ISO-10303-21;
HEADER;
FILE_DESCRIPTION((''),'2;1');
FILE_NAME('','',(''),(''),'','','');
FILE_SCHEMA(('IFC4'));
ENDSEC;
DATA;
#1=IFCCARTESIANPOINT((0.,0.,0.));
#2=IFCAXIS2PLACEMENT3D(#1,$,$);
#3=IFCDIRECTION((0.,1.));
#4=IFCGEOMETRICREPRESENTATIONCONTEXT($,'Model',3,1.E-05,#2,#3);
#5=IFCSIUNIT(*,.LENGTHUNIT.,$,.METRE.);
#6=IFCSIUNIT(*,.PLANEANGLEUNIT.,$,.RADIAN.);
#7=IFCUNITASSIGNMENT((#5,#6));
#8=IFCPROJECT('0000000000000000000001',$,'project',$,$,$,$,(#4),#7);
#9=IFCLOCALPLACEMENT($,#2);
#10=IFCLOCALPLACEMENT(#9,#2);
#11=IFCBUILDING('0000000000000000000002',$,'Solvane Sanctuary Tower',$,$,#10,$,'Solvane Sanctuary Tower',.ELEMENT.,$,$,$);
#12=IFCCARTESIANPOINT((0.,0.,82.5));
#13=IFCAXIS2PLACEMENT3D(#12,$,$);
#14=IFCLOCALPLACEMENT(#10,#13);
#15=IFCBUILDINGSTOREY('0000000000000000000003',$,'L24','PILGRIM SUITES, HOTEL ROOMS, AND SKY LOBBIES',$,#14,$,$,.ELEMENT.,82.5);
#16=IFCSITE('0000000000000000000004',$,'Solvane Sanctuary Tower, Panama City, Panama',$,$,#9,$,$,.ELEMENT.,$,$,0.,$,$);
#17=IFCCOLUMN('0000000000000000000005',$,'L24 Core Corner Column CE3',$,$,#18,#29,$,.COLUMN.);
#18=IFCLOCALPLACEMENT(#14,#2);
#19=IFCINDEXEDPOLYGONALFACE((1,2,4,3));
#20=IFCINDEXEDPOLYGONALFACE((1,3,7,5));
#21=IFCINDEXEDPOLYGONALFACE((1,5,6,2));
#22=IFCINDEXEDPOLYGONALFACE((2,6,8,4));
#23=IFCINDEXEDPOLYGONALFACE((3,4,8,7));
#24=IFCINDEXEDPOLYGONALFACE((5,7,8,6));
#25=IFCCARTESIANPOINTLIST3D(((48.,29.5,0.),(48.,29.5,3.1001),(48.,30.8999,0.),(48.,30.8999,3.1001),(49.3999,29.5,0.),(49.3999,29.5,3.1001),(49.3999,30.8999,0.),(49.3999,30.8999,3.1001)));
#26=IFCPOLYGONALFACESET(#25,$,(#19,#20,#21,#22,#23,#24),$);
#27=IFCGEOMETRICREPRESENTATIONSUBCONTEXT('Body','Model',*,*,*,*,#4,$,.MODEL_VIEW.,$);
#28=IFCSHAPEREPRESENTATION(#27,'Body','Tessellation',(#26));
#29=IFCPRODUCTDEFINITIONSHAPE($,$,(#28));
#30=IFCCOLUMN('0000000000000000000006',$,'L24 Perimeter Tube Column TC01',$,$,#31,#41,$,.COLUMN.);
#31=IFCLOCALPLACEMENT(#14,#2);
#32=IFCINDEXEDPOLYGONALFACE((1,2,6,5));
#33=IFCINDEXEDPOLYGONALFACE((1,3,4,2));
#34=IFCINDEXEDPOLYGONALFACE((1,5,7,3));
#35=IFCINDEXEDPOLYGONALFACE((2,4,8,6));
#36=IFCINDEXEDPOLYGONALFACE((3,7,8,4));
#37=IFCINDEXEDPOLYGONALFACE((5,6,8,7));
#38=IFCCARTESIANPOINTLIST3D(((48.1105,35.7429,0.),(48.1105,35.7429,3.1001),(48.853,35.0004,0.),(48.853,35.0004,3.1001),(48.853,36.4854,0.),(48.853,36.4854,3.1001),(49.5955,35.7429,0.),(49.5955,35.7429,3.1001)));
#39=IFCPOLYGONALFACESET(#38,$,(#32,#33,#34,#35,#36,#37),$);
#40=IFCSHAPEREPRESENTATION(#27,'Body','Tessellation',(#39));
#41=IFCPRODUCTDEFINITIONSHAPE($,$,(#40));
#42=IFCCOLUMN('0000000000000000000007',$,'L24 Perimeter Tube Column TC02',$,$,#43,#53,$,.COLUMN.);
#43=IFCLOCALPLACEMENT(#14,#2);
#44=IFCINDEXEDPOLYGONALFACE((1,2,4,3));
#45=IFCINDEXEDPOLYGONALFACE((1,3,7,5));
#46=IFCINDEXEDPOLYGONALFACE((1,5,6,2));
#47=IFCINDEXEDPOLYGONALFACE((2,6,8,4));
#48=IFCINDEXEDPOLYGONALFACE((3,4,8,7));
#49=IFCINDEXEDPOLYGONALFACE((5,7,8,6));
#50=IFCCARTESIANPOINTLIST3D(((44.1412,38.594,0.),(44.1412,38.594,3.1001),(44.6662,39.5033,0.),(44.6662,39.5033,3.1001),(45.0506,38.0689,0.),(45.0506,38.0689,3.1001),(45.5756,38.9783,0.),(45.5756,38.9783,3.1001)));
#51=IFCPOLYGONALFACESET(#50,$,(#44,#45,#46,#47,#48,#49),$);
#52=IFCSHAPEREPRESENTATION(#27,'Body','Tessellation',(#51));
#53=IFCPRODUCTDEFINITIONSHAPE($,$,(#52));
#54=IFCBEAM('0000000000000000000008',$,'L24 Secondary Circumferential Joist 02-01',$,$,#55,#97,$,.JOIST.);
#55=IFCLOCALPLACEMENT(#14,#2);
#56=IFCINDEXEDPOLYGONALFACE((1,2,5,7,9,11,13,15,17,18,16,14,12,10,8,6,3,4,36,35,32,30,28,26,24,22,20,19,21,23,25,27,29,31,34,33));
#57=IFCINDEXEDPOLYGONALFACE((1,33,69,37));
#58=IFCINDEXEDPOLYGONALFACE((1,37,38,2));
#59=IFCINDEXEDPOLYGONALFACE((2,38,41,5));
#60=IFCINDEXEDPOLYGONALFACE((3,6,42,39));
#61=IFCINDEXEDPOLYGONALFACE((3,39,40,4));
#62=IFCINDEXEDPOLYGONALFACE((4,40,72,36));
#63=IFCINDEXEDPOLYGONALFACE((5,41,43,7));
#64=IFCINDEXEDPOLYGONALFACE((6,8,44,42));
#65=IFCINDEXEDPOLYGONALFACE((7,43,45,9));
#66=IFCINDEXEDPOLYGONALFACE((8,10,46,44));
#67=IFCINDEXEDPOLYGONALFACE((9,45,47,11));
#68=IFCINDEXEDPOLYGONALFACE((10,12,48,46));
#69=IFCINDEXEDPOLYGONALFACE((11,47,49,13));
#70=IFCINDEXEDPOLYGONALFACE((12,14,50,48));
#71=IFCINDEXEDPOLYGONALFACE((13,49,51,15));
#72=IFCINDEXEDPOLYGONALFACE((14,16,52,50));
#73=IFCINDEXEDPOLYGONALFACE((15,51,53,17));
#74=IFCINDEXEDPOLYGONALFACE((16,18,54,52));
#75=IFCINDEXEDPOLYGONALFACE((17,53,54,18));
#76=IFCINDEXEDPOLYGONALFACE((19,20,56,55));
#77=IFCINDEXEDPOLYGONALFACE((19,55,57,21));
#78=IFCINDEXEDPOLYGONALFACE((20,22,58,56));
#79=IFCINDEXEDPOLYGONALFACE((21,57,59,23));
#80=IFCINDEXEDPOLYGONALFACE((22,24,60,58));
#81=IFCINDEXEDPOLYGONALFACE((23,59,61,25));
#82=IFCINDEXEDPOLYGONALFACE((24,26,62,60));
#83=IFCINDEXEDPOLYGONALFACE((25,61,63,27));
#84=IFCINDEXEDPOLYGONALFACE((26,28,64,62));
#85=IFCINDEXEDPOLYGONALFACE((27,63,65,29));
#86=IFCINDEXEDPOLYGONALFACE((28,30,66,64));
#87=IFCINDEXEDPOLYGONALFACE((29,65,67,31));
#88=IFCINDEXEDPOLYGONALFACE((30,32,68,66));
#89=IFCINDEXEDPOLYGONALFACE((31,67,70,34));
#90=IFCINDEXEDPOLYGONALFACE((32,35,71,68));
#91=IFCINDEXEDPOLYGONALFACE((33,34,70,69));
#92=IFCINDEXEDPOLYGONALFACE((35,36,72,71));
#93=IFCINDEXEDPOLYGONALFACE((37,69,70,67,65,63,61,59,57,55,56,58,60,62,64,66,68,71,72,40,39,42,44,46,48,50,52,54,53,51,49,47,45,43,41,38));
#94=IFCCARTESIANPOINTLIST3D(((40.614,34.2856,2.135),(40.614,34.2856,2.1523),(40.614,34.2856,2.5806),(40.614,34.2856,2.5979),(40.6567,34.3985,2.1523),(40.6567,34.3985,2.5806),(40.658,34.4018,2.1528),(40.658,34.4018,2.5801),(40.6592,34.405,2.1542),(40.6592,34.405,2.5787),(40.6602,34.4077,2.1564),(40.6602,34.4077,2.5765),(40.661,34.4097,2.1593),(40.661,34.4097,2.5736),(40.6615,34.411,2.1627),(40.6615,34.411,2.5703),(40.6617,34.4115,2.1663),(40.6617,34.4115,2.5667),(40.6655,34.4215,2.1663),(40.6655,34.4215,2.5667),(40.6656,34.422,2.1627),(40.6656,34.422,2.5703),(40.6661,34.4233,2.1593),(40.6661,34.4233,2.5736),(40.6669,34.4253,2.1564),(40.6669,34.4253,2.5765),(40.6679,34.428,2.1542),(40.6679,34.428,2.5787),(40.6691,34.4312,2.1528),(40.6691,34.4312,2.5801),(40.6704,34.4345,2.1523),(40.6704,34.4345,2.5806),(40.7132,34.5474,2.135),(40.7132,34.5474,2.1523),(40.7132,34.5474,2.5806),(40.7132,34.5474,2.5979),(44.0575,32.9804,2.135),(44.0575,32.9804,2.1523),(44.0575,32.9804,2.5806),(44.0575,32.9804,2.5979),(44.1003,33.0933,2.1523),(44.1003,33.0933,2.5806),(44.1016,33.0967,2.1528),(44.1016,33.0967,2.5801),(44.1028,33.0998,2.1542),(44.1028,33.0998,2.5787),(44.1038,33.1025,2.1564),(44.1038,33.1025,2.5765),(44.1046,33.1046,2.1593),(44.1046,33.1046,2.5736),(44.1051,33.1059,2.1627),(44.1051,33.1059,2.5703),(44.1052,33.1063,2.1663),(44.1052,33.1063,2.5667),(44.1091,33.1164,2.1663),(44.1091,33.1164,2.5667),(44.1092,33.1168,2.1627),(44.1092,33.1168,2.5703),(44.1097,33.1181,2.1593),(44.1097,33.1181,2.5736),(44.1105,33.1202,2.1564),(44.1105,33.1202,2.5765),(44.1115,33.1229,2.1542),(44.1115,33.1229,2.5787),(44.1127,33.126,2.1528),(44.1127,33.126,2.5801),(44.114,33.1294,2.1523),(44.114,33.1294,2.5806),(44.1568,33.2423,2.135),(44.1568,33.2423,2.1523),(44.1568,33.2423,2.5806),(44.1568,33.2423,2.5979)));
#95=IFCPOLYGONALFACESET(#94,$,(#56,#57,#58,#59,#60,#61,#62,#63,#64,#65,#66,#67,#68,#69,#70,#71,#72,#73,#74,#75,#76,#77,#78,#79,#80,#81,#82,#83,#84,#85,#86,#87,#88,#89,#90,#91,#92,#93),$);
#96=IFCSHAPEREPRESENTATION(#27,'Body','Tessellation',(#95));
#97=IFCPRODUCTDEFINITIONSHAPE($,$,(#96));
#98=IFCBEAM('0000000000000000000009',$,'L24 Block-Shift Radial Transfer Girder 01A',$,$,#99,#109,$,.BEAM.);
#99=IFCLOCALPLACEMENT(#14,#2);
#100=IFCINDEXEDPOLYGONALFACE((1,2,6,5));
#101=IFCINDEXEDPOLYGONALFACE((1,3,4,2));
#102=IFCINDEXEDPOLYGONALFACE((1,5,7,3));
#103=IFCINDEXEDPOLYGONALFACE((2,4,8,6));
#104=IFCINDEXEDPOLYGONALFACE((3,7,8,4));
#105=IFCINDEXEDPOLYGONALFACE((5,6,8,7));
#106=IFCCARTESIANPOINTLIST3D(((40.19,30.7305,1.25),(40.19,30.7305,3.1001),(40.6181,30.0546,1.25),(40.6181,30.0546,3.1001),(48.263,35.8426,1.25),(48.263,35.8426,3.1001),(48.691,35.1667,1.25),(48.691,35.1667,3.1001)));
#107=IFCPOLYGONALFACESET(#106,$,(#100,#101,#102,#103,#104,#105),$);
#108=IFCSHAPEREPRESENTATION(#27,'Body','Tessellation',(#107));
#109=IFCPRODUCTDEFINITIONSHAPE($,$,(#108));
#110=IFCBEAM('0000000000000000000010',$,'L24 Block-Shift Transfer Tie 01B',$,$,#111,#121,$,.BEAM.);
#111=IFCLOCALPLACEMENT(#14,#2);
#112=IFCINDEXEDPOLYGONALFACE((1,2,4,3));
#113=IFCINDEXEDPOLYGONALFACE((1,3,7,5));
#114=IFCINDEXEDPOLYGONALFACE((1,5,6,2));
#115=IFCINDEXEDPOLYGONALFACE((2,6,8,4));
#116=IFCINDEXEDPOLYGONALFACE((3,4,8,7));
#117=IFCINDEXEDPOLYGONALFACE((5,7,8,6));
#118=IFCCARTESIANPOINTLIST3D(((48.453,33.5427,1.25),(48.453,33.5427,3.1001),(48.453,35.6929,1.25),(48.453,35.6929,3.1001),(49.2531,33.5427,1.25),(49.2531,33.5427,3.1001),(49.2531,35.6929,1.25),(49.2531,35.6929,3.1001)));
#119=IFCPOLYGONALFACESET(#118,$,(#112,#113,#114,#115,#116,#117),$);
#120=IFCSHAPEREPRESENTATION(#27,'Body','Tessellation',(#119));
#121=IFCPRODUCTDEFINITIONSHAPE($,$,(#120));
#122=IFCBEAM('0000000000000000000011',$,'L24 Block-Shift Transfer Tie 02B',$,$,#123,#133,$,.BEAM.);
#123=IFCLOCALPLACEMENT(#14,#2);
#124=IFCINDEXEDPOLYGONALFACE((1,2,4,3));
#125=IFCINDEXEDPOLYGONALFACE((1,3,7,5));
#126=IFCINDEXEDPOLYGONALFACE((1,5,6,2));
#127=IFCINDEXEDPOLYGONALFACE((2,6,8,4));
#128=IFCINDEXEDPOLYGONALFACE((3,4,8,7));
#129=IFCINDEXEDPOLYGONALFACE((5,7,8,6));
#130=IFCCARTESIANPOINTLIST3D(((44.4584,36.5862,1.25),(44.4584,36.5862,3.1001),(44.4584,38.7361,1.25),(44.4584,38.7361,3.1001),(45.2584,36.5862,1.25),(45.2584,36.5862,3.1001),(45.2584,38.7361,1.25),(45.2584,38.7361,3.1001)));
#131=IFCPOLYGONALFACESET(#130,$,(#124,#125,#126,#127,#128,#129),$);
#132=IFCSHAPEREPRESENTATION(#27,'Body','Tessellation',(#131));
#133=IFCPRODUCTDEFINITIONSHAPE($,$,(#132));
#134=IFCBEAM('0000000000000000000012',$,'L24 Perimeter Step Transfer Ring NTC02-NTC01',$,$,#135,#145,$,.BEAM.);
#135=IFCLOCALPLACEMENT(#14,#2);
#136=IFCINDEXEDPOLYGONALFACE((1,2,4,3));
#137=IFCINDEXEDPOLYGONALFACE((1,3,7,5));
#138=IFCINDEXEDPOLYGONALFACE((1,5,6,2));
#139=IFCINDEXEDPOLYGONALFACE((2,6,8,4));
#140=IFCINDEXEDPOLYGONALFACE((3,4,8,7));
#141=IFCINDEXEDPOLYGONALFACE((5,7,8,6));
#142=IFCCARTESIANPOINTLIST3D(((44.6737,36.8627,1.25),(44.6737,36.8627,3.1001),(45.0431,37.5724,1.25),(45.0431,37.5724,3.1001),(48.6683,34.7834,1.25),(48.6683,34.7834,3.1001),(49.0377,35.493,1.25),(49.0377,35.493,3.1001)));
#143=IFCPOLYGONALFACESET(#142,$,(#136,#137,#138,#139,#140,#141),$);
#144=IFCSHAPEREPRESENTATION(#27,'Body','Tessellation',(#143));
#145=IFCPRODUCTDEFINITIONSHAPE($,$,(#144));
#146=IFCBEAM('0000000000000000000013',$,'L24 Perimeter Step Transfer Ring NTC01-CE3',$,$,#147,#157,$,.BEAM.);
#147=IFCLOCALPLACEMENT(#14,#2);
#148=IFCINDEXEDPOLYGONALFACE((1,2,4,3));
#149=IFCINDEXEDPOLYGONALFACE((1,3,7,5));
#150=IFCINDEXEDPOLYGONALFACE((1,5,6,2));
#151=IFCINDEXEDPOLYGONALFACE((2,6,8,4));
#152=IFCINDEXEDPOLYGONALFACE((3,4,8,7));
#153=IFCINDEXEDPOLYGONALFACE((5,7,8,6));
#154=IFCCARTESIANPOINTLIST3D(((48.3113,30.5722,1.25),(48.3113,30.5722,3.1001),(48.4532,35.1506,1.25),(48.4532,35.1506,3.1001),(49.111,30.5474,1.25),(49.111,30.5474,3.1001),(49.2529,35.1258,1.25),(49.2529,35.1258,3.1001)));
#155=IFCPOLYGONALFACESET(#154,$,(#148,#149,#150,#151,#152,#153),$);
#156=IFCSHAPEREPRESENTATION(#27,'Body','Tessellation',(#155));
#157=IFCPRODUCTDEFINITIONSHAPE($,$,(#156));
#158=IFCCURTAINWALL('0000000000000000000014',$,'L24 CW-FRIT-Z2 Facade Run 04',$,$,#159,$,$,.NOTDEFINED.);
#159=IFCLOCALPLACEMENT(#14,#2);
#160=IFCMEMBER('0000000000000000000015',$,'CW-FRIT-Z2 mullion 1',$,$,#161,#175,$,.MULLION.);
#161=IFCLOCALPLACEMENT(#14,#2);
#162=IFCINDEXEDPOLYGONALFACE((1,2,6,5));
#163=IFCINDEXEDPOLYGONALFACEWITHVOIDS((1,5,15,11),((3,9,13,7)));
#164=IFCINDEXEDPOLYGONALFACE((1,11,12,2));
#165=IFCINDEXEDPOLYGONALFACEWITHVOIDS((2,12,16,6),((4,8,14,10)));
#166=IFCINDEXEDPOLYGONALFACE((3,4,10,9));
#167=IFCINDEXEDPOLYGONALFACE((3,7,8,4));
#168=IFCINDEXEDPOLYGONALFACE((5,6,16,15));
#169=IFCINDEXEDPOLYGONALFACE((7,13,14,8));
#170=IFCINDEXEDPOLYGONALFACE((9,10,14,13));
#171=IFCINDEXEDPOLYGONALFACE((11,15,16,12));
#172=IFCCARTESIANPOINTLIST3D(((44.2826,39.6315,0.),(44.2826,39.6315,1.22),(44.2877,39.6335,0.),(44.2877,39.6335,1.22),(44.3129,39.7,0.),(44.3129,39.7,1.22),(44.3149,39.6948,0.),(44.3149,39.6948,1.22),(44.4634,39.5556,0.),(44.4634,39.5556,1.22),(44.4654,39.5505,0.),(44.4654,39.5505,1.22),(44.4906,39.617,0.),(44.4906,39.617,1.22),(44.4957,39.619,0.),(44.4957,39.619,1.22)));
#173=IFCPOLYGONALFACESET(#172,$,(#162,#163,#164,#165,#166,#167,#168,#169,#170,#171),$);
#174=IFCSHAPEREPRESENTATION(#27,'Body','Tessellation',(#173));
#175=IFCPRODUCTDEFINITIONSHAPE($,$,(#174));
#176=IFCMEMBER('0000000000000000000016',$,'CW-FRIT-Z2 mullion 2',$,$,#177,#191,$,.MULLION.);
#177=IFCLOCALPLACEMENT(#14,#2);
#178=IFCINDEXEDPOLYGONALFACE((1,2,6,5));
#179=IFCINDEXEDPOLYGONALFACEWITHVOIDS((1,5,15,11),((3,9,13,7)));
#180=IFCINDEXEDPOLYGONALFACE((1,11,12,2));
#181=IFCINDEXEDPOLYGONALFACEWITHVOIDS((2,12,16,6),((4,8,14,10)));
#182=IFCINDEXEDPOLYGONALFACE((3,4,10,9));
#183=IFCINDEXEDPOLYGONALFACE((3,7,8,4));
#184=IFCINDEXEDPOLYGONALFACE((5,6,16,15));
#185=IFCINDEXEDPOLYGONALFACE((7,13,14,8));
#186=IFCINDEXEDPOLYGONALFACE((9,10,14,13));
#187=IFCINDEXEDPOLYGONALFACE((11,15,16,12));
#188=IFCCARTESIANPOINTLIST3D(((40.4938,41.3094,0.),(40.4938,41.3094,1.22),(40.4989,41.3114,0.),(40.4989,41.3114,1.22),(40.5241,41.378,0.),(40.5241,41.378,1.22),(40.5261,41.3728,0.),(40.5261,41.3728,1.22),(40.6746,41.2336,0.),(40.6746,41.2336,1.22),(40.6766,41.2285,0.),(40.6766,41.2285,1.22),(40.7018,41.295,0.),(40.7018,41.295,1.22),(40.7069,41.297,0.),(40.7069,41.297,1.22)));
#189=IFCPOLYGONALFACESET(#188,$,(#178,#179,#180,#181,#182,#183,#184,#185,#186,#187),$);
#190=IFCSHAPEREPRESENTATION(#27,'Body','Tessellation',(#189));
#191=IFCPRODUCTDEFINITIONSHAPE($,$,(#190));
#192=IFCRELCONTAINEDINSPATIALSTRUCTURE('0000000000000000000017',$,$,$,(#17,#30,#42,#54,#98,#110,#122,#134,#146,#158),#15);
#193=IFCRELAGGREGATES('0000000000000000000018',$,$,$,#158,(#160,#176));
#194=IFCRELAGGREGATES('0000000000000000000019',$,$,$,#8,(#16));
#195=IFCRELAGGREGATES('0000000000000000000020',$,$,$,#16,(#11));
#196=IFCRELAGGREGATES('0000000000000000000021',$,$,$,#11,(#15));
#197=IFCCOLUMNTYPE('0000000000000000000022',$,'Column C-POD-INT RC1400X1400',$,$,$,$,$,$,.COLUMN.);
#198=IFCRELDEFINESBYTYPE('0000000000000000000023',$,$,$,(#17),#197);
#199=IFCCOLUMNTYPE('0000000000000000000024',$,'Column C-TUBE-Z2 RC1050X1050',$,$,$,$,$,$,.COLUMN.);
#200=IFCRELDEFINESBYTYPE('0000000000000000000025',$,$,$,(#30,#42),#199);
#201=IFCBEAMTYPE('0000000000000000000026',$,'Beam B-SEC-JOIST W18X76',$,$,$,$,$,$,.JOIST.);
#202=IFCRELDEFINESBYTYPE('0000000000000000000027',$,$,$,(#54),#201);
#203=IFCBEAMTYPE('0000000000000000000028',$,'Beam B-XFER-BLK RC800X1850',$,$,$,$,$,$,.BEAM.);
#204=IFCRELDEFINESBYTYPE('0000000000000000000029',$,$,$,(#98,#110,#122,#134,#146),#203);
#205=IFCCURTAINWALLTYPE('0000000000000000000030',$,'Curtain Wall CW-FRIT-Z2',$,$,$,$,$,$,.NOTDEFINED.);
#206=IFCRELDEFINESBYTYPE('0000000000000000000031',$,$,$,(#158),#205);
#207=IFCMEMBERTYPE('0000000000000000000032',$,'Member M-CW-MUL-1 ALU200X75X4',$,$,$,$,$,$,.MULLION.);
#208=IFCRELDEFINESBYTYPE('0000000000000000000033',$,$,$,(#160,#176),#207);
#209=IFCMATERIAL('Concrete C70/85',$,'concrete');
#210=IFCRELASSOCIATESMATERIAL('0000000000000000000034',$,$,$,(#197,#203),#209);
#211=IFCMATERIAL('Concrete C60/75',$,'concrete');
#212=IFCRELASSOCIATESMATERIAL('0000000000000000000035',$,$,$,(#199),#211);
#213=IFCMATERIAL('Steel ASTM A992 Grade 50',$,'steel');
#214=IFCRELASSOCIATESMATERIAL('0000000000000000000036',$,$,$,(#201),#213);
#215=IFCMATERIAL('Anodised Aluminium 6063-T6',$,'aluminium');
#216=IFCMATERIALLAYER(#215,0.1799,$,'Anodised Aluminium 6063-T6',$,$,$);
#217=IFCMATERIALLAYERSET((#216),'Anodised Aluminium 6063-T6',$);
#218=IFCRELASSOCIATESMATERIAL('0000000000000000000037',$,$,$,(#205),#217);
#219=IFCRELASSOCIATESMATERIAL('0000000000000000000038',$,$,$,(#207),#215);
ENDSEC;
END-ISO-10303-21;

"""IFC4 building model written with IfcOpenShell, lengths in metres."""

from ifc_helpers import new_model, si_unit, direction, frame, origin, origin_2d, place, context, subcontext, project, spatial, rectangle, hollow_rectangle, i_section, extrude, material, layer, layer_set, material_profile, profile_set, type_object, element, aggregate, save


model = new_model("IFC4")

# Units and contexts
model_context = context("Model", 3, precision=1e-05, world=origin(), true_north=direction((0.0, 1.0)))
body_context = subcontext(model_context, "Body", "Model", "MODEL_VIEW")
ifc_project = project(units=[si_unit("LENGTHUNIT", "METRE"), si_unit("PLANEANGLEUNIT", "RADIAN")], contexts=[model_context])

# Site, building, storey
site_placement = place(None, origin())
site = spatial("IfcSite", under=ifc_project, at=site_placement, Name="Solvane Sanctuary Tower, Panama City, Panama", CompositionType="ELEMENT", RefElevation=0.0)
building_placement = place(site_placement, origin())
building = spatial("IfcBuilding", under=site, at=building_placement, Name="Solvane Sanctuary Tower", LongName="Solvane Sanctuary Tower", CompositionType="ELEMENT")
storey_placement = place(building_placement, frame((0.0, 0.0, 82.5)))
storey = spatial("IfcBuildingStorey", under=building, at=storey_placement, Name="L24", Description="PILGRIM SUITES, HOTEL ROOMS, AND SKY LOBBIES", CompositionType="ELEMENT", Elevation=82.5)

# Columns
ifc_material_1 = material(Name="Concrete C70/85", Category="concrete")
ifc_material_profile_1 = material_profile(ifc_material_1, rectangle(XDim=1.3999, YDim=1.3999, at=origin_2d()), Name="RC1400X1400")
ifc_profile_set_1 = profile_set([ifc_material_profile_1], Name="Concrete C70/85")
column_type_1 = type_object("IfcColumnType", Name="Column C-POD-INT RC1400X1400", PredefinedType="COLUMN", material=ifc_profile_set_1)
column_placement = place(storey_placement, frame((48.7, 30.2, 0.0), z_axis=(0.0, 0.0, 1.0), x_axis=(1.0, 0.0, 0.0)))
element("IfcColumn", 1, at=column_placement, inside=storey, type_object=column_type_1, Name="L24 Core Corner Column CE3", PredefinedType="COLUMN", context=body_context, shape_type="SweptSolid", body=[
    extrude(rectangle(XDim=1.3999, YDim=1.3999, at=origin_2d()), origin(), (0.0, 0.0, 1.0), 3.1001),
])
ifc_material_2 = material(Name="Concrete C60/75", Category="concrete")
ifc_material_profile_2 = material_profile(ifc_material_2, rectangle(XDim=1.05, YDim=1.05, at=origin_2d()), Name="RC1050X1050")
ifc_profile_set_2 = profile_set([ifc_material_profile_2], Name="Concrete C60/75")
column_type_2 = type_object("IfcColumnType", Name="Column C-TUBE-Z2 RC1050X1050", PredefinedType="COLUMN", material=ifc_profile_set_2)
for number, where, z_axis, x_axis, name in (
    (2, (48.853, 35.7429, 0.0), (0.0, 0.0, 1.0), (0.707107, 0.707107, 0.0), "L24 Perimeter Tube Column TC01"),
    (3, (44.8584, 38.7861, 0.0), (0.0, 0.0, 1.0), (0.5, 0.866025, 0.0), "L24 Perimeter Tube Column TC02"),
):
    element("IfcColumn", number, at=place(storey_placement, frame(where, z_axis=z_axis, x_axis=x_axis)), inside=storey, type_object=column_type_2, Name=name, PredefinedType="COLUMN", context=body_context, shape_type="SweptSolid", body=[
        extrude(rectangle(XDim=1.05, YDim=1.05, at=origin_2d()), origin(), (0.0, 0.0, 1.0), 3.1001),
    ])

# Beams
ifc_material_3 = material(Name="Steel ASTM A992 Grade 50", Category="steel")
ifc_material_profile_3 = material_profile(ifc_material_3, i_section(OverallWidth=0.28, OverallDepth=0.4629, WebThickness=0.0107, FlangeThickness=0.0173, FilletRadius=0.0139, at=origin_2d()), Name="W18X76")
ifc_profile_set_3 = profile_set([ifc_material_profile_3], Name="Steel ASTM A992 Grade 50")
beam_type_1 = type_object("IfcBeamType", Name="Beam B-SEC-JOIST W18X76", PredefinedType="JOIST", material=ifc_profile_set_3)
beam_1_placement = place(storey_placement, frame((40.6636, 34.4165, 2.3665), z_axis=(0.935089, -0.354412, 0.0), x_axis=(0.354412, 0.935089, 0.0)))
element("IfcBeam", 4, at=beam_1_placement, inside=storey, type_object=beam_type_1, Name="L24 Secondary Circumferential Joist 02-01", PredefinedType="JOIST", context=body_context, shape_type="SweptSolid", body=[
    extrude(i_section(OverallWidth=0.28, OverallDepth=0.4629, WebThickness=0.0107, FlangeThickness=0.0173, FilletRadius=0.0139, at=origin_2d()), origin(), (0.0, 0.0, 1.0), 3.6826),
])
ifc_material_profile_4 = material_profile(ifc_material_1, rectangle(XDim=0.8, YDim=1.8501, at=origin_2d()), Name="RC800X1850")
ifc_profile_set_4 = profile_set([ifc_material_profile_4], Name="Concrete C70/85")
beam_type_2 = type_object("IfcBeamType", Name="Beam B-XFER-BLK RC800X1850", PredefinedType="BEAM", material=ifc_profile_set_4)
beam_2_placement = place(storey_placement, frame((40.4041, 30.3926, 2.175), z_axis=(0.844859, 0.534989, 0.0), x_axis=(-0.534989, 0.844859, 0.0)))
element("IfcBeam", 5, at=beam_2_placement, inside=storey, type_object=beam_type_2, Name="L24 Block-Shift Radial Transfer Girder 01A", PredefinedType="BEAM", context=body_context, shape_type="SweptSolid", body=[
    extrude(rectangle(XDim=0.8, YDim=1.8501, at=origin_2d()), origin(), (0.0, 0.0, 1.0), 9.5554),
])
beam_3_placement = place(storey_placement, frame((48.853, 35.6929, 2.175), z_axis=(0.0, -1.0, 0.0), x_axis=(1.0, 0.0, 0.0)))
element("IfcBeam", 6, at=beam_3_placement, inside=storey, type_object=beam_type_2, Name="L24 Block-Shift Transfer Tie 01B", PredefinedType="BEAM", context=body_context, shape_type="SweptSolid", body=[
    extrude(rectangle(XDim=0.8, YDim=1.8501, at=origin_2d()), origin(), (0.0, 0.0, 1.0), 2.1501),
])
beam_4_placement = place(storey_placement, frame((44.8584, 38.7361, 2.175), z_axis=(0.0, -1.0, 0.0), x_axis=(1.0, 0.0, 0.0)))
element("IfcBeam", 7, at=beam_4_placement, inside=storey, type_object=beam_type_2, Name="L24 Block-Shift Transfer Tie 02B", PredefinedType="BEAM", context=body_context, shape_type="SweptSolid", body=[
    extrude(rectangle(XDim=0.8, YDim=1.8501, at=origin_2d()), origin(), (0.0, 0.0, 1.0), 2.1499),
])
beam_5_placement = place(storey_placement, frame((44.8584, 37.2175, 2.175), z_axis=(0.887022, -0.461727, 0.0), x_axis=(0.461727, 0.887022, 0.0)))
element("IfcBeam", 8, at=beam_5_placement, inside=storey, type_object=beam_type_2, Name="L24 Perimeter Step Transfer Ring NTC02-NTC01", PredefinedType="BEAM", context=body_context, shape_type="SweptSolid", body=[
    extrude(rectangle(XDim=0.8, YDim=1.8501, at=origin_2d()), origin(), (0.0, 0.0, 1.0), 4.5034),
])
beam_6_placement = place(storey_placement, frame((48.853, 35.1382, 2.175), z_axis=(-0.030967, -0.99952, 0.0), x_axis=(0.99952, -0.030967, 0.0)))
element("IfcBeam", 9, at=beam_6_placement, inside=storey, type_object=beam_type_2, Name="L24 Perimeter Step Transfer Ring NTC01-CE3", PredefinedType="BEAM", context=body_context, shape_type="SweptSolid", body=[
    extrude(rectangle(XDim=0.8, YDim=1.8501, at=origin_2d()), origin(), (0.0, 0.0, 1.0), 4.5806),
])

# Curtain wall, members
ifc_material_4 = material(Name="Anodised Aluminium 6063-T6", Category="aluminium")
ifc_layer_1 = layer(ifc_material_4, 0.1799, Name="Anodised Aluminium 6063-T6")
ifc_layer_set_1 = layer_set([ifc_layer_1], Name="Anodised Aluminium 6063-T6")
curtain_wall_type = type_object("IfcCurtainWallType", Name="Curtain Wall CW-FRIT-Z2", PredefinedType="NOTDEFINED", material=ifc_layer_set_1)
curtain_wall_placement = place(storey_placement, origin())
curtain_wall = element("IfcCurtainWall", 10, at=curtain_wall_placement, inside=storey, type_object=curtain_wall_type, Name="L24 CW-FRIT-Z2 Facade Run 04", PredefinedType="NOTDEFINED")
ifc_material_profile_5 = material_profile(ifc_material_4, hollow_rectangle(XDim=0.075, YDim=0.2, WallThickness=0.0039, at=origin_2d()), Name="ALU200X75X4")
ifc_profile_set_5 = profile_set([ifc_material_profile_5], Name="Anodised Aluminium 6063-T6")
member_type_1 = type_object("IfcMemberType", Name="Member M-CW-MUL-1 ALU200X75X4", PredefinedType="MULLION", material=ifc_profile_set_5)
member_1_placement = place(storey_placement, frame((44.3892, 39.6252, 0.0), z_axis=(0.0, 0.0, 1.0), x_axis=(-0.404951, -0.914339, 0.0)))
member_1 = element("IfcMember", 11, at=member_1_placement, type_object=member_type_1, Name="CW-FRIT-Z2 mullion 1", PredefinedType="MULLION", context=body_context, shape_type="SweptSolid", body=[
    extrude(hollow_rectangle(XDim=0.075, YDim=0.2, WallThickness=0.0039, at=origin_2d()), origin(), (0.0, 0.0, 1.0), 1.22),
])
member_2_placement = place(storey_placement, frame((40.6003, 41.3032, 0.0), z_axis=(0.0, 0.0, 1.0), x_axis=(-0.404951, -0.914339, 0.0)))
member_2 = element("IfcMember", 12, at=member_2_placement, type_object=member_type_1, Name="CW-FRIT-Z2 mullion 2", PredefinedType="MULLION", context=body_context, shape_type="SweptSolid", body=[
    extrude(hollow_rectangle(XDim=0.075, YDim=0.2, WallThickness=0.0039, at=origin_2d()), origin(), (0.0, 0.0, 1.0), 1.22),
])
aggregate(curtain_wall, [member_1, member_2])

save(model, "model.ifc")
